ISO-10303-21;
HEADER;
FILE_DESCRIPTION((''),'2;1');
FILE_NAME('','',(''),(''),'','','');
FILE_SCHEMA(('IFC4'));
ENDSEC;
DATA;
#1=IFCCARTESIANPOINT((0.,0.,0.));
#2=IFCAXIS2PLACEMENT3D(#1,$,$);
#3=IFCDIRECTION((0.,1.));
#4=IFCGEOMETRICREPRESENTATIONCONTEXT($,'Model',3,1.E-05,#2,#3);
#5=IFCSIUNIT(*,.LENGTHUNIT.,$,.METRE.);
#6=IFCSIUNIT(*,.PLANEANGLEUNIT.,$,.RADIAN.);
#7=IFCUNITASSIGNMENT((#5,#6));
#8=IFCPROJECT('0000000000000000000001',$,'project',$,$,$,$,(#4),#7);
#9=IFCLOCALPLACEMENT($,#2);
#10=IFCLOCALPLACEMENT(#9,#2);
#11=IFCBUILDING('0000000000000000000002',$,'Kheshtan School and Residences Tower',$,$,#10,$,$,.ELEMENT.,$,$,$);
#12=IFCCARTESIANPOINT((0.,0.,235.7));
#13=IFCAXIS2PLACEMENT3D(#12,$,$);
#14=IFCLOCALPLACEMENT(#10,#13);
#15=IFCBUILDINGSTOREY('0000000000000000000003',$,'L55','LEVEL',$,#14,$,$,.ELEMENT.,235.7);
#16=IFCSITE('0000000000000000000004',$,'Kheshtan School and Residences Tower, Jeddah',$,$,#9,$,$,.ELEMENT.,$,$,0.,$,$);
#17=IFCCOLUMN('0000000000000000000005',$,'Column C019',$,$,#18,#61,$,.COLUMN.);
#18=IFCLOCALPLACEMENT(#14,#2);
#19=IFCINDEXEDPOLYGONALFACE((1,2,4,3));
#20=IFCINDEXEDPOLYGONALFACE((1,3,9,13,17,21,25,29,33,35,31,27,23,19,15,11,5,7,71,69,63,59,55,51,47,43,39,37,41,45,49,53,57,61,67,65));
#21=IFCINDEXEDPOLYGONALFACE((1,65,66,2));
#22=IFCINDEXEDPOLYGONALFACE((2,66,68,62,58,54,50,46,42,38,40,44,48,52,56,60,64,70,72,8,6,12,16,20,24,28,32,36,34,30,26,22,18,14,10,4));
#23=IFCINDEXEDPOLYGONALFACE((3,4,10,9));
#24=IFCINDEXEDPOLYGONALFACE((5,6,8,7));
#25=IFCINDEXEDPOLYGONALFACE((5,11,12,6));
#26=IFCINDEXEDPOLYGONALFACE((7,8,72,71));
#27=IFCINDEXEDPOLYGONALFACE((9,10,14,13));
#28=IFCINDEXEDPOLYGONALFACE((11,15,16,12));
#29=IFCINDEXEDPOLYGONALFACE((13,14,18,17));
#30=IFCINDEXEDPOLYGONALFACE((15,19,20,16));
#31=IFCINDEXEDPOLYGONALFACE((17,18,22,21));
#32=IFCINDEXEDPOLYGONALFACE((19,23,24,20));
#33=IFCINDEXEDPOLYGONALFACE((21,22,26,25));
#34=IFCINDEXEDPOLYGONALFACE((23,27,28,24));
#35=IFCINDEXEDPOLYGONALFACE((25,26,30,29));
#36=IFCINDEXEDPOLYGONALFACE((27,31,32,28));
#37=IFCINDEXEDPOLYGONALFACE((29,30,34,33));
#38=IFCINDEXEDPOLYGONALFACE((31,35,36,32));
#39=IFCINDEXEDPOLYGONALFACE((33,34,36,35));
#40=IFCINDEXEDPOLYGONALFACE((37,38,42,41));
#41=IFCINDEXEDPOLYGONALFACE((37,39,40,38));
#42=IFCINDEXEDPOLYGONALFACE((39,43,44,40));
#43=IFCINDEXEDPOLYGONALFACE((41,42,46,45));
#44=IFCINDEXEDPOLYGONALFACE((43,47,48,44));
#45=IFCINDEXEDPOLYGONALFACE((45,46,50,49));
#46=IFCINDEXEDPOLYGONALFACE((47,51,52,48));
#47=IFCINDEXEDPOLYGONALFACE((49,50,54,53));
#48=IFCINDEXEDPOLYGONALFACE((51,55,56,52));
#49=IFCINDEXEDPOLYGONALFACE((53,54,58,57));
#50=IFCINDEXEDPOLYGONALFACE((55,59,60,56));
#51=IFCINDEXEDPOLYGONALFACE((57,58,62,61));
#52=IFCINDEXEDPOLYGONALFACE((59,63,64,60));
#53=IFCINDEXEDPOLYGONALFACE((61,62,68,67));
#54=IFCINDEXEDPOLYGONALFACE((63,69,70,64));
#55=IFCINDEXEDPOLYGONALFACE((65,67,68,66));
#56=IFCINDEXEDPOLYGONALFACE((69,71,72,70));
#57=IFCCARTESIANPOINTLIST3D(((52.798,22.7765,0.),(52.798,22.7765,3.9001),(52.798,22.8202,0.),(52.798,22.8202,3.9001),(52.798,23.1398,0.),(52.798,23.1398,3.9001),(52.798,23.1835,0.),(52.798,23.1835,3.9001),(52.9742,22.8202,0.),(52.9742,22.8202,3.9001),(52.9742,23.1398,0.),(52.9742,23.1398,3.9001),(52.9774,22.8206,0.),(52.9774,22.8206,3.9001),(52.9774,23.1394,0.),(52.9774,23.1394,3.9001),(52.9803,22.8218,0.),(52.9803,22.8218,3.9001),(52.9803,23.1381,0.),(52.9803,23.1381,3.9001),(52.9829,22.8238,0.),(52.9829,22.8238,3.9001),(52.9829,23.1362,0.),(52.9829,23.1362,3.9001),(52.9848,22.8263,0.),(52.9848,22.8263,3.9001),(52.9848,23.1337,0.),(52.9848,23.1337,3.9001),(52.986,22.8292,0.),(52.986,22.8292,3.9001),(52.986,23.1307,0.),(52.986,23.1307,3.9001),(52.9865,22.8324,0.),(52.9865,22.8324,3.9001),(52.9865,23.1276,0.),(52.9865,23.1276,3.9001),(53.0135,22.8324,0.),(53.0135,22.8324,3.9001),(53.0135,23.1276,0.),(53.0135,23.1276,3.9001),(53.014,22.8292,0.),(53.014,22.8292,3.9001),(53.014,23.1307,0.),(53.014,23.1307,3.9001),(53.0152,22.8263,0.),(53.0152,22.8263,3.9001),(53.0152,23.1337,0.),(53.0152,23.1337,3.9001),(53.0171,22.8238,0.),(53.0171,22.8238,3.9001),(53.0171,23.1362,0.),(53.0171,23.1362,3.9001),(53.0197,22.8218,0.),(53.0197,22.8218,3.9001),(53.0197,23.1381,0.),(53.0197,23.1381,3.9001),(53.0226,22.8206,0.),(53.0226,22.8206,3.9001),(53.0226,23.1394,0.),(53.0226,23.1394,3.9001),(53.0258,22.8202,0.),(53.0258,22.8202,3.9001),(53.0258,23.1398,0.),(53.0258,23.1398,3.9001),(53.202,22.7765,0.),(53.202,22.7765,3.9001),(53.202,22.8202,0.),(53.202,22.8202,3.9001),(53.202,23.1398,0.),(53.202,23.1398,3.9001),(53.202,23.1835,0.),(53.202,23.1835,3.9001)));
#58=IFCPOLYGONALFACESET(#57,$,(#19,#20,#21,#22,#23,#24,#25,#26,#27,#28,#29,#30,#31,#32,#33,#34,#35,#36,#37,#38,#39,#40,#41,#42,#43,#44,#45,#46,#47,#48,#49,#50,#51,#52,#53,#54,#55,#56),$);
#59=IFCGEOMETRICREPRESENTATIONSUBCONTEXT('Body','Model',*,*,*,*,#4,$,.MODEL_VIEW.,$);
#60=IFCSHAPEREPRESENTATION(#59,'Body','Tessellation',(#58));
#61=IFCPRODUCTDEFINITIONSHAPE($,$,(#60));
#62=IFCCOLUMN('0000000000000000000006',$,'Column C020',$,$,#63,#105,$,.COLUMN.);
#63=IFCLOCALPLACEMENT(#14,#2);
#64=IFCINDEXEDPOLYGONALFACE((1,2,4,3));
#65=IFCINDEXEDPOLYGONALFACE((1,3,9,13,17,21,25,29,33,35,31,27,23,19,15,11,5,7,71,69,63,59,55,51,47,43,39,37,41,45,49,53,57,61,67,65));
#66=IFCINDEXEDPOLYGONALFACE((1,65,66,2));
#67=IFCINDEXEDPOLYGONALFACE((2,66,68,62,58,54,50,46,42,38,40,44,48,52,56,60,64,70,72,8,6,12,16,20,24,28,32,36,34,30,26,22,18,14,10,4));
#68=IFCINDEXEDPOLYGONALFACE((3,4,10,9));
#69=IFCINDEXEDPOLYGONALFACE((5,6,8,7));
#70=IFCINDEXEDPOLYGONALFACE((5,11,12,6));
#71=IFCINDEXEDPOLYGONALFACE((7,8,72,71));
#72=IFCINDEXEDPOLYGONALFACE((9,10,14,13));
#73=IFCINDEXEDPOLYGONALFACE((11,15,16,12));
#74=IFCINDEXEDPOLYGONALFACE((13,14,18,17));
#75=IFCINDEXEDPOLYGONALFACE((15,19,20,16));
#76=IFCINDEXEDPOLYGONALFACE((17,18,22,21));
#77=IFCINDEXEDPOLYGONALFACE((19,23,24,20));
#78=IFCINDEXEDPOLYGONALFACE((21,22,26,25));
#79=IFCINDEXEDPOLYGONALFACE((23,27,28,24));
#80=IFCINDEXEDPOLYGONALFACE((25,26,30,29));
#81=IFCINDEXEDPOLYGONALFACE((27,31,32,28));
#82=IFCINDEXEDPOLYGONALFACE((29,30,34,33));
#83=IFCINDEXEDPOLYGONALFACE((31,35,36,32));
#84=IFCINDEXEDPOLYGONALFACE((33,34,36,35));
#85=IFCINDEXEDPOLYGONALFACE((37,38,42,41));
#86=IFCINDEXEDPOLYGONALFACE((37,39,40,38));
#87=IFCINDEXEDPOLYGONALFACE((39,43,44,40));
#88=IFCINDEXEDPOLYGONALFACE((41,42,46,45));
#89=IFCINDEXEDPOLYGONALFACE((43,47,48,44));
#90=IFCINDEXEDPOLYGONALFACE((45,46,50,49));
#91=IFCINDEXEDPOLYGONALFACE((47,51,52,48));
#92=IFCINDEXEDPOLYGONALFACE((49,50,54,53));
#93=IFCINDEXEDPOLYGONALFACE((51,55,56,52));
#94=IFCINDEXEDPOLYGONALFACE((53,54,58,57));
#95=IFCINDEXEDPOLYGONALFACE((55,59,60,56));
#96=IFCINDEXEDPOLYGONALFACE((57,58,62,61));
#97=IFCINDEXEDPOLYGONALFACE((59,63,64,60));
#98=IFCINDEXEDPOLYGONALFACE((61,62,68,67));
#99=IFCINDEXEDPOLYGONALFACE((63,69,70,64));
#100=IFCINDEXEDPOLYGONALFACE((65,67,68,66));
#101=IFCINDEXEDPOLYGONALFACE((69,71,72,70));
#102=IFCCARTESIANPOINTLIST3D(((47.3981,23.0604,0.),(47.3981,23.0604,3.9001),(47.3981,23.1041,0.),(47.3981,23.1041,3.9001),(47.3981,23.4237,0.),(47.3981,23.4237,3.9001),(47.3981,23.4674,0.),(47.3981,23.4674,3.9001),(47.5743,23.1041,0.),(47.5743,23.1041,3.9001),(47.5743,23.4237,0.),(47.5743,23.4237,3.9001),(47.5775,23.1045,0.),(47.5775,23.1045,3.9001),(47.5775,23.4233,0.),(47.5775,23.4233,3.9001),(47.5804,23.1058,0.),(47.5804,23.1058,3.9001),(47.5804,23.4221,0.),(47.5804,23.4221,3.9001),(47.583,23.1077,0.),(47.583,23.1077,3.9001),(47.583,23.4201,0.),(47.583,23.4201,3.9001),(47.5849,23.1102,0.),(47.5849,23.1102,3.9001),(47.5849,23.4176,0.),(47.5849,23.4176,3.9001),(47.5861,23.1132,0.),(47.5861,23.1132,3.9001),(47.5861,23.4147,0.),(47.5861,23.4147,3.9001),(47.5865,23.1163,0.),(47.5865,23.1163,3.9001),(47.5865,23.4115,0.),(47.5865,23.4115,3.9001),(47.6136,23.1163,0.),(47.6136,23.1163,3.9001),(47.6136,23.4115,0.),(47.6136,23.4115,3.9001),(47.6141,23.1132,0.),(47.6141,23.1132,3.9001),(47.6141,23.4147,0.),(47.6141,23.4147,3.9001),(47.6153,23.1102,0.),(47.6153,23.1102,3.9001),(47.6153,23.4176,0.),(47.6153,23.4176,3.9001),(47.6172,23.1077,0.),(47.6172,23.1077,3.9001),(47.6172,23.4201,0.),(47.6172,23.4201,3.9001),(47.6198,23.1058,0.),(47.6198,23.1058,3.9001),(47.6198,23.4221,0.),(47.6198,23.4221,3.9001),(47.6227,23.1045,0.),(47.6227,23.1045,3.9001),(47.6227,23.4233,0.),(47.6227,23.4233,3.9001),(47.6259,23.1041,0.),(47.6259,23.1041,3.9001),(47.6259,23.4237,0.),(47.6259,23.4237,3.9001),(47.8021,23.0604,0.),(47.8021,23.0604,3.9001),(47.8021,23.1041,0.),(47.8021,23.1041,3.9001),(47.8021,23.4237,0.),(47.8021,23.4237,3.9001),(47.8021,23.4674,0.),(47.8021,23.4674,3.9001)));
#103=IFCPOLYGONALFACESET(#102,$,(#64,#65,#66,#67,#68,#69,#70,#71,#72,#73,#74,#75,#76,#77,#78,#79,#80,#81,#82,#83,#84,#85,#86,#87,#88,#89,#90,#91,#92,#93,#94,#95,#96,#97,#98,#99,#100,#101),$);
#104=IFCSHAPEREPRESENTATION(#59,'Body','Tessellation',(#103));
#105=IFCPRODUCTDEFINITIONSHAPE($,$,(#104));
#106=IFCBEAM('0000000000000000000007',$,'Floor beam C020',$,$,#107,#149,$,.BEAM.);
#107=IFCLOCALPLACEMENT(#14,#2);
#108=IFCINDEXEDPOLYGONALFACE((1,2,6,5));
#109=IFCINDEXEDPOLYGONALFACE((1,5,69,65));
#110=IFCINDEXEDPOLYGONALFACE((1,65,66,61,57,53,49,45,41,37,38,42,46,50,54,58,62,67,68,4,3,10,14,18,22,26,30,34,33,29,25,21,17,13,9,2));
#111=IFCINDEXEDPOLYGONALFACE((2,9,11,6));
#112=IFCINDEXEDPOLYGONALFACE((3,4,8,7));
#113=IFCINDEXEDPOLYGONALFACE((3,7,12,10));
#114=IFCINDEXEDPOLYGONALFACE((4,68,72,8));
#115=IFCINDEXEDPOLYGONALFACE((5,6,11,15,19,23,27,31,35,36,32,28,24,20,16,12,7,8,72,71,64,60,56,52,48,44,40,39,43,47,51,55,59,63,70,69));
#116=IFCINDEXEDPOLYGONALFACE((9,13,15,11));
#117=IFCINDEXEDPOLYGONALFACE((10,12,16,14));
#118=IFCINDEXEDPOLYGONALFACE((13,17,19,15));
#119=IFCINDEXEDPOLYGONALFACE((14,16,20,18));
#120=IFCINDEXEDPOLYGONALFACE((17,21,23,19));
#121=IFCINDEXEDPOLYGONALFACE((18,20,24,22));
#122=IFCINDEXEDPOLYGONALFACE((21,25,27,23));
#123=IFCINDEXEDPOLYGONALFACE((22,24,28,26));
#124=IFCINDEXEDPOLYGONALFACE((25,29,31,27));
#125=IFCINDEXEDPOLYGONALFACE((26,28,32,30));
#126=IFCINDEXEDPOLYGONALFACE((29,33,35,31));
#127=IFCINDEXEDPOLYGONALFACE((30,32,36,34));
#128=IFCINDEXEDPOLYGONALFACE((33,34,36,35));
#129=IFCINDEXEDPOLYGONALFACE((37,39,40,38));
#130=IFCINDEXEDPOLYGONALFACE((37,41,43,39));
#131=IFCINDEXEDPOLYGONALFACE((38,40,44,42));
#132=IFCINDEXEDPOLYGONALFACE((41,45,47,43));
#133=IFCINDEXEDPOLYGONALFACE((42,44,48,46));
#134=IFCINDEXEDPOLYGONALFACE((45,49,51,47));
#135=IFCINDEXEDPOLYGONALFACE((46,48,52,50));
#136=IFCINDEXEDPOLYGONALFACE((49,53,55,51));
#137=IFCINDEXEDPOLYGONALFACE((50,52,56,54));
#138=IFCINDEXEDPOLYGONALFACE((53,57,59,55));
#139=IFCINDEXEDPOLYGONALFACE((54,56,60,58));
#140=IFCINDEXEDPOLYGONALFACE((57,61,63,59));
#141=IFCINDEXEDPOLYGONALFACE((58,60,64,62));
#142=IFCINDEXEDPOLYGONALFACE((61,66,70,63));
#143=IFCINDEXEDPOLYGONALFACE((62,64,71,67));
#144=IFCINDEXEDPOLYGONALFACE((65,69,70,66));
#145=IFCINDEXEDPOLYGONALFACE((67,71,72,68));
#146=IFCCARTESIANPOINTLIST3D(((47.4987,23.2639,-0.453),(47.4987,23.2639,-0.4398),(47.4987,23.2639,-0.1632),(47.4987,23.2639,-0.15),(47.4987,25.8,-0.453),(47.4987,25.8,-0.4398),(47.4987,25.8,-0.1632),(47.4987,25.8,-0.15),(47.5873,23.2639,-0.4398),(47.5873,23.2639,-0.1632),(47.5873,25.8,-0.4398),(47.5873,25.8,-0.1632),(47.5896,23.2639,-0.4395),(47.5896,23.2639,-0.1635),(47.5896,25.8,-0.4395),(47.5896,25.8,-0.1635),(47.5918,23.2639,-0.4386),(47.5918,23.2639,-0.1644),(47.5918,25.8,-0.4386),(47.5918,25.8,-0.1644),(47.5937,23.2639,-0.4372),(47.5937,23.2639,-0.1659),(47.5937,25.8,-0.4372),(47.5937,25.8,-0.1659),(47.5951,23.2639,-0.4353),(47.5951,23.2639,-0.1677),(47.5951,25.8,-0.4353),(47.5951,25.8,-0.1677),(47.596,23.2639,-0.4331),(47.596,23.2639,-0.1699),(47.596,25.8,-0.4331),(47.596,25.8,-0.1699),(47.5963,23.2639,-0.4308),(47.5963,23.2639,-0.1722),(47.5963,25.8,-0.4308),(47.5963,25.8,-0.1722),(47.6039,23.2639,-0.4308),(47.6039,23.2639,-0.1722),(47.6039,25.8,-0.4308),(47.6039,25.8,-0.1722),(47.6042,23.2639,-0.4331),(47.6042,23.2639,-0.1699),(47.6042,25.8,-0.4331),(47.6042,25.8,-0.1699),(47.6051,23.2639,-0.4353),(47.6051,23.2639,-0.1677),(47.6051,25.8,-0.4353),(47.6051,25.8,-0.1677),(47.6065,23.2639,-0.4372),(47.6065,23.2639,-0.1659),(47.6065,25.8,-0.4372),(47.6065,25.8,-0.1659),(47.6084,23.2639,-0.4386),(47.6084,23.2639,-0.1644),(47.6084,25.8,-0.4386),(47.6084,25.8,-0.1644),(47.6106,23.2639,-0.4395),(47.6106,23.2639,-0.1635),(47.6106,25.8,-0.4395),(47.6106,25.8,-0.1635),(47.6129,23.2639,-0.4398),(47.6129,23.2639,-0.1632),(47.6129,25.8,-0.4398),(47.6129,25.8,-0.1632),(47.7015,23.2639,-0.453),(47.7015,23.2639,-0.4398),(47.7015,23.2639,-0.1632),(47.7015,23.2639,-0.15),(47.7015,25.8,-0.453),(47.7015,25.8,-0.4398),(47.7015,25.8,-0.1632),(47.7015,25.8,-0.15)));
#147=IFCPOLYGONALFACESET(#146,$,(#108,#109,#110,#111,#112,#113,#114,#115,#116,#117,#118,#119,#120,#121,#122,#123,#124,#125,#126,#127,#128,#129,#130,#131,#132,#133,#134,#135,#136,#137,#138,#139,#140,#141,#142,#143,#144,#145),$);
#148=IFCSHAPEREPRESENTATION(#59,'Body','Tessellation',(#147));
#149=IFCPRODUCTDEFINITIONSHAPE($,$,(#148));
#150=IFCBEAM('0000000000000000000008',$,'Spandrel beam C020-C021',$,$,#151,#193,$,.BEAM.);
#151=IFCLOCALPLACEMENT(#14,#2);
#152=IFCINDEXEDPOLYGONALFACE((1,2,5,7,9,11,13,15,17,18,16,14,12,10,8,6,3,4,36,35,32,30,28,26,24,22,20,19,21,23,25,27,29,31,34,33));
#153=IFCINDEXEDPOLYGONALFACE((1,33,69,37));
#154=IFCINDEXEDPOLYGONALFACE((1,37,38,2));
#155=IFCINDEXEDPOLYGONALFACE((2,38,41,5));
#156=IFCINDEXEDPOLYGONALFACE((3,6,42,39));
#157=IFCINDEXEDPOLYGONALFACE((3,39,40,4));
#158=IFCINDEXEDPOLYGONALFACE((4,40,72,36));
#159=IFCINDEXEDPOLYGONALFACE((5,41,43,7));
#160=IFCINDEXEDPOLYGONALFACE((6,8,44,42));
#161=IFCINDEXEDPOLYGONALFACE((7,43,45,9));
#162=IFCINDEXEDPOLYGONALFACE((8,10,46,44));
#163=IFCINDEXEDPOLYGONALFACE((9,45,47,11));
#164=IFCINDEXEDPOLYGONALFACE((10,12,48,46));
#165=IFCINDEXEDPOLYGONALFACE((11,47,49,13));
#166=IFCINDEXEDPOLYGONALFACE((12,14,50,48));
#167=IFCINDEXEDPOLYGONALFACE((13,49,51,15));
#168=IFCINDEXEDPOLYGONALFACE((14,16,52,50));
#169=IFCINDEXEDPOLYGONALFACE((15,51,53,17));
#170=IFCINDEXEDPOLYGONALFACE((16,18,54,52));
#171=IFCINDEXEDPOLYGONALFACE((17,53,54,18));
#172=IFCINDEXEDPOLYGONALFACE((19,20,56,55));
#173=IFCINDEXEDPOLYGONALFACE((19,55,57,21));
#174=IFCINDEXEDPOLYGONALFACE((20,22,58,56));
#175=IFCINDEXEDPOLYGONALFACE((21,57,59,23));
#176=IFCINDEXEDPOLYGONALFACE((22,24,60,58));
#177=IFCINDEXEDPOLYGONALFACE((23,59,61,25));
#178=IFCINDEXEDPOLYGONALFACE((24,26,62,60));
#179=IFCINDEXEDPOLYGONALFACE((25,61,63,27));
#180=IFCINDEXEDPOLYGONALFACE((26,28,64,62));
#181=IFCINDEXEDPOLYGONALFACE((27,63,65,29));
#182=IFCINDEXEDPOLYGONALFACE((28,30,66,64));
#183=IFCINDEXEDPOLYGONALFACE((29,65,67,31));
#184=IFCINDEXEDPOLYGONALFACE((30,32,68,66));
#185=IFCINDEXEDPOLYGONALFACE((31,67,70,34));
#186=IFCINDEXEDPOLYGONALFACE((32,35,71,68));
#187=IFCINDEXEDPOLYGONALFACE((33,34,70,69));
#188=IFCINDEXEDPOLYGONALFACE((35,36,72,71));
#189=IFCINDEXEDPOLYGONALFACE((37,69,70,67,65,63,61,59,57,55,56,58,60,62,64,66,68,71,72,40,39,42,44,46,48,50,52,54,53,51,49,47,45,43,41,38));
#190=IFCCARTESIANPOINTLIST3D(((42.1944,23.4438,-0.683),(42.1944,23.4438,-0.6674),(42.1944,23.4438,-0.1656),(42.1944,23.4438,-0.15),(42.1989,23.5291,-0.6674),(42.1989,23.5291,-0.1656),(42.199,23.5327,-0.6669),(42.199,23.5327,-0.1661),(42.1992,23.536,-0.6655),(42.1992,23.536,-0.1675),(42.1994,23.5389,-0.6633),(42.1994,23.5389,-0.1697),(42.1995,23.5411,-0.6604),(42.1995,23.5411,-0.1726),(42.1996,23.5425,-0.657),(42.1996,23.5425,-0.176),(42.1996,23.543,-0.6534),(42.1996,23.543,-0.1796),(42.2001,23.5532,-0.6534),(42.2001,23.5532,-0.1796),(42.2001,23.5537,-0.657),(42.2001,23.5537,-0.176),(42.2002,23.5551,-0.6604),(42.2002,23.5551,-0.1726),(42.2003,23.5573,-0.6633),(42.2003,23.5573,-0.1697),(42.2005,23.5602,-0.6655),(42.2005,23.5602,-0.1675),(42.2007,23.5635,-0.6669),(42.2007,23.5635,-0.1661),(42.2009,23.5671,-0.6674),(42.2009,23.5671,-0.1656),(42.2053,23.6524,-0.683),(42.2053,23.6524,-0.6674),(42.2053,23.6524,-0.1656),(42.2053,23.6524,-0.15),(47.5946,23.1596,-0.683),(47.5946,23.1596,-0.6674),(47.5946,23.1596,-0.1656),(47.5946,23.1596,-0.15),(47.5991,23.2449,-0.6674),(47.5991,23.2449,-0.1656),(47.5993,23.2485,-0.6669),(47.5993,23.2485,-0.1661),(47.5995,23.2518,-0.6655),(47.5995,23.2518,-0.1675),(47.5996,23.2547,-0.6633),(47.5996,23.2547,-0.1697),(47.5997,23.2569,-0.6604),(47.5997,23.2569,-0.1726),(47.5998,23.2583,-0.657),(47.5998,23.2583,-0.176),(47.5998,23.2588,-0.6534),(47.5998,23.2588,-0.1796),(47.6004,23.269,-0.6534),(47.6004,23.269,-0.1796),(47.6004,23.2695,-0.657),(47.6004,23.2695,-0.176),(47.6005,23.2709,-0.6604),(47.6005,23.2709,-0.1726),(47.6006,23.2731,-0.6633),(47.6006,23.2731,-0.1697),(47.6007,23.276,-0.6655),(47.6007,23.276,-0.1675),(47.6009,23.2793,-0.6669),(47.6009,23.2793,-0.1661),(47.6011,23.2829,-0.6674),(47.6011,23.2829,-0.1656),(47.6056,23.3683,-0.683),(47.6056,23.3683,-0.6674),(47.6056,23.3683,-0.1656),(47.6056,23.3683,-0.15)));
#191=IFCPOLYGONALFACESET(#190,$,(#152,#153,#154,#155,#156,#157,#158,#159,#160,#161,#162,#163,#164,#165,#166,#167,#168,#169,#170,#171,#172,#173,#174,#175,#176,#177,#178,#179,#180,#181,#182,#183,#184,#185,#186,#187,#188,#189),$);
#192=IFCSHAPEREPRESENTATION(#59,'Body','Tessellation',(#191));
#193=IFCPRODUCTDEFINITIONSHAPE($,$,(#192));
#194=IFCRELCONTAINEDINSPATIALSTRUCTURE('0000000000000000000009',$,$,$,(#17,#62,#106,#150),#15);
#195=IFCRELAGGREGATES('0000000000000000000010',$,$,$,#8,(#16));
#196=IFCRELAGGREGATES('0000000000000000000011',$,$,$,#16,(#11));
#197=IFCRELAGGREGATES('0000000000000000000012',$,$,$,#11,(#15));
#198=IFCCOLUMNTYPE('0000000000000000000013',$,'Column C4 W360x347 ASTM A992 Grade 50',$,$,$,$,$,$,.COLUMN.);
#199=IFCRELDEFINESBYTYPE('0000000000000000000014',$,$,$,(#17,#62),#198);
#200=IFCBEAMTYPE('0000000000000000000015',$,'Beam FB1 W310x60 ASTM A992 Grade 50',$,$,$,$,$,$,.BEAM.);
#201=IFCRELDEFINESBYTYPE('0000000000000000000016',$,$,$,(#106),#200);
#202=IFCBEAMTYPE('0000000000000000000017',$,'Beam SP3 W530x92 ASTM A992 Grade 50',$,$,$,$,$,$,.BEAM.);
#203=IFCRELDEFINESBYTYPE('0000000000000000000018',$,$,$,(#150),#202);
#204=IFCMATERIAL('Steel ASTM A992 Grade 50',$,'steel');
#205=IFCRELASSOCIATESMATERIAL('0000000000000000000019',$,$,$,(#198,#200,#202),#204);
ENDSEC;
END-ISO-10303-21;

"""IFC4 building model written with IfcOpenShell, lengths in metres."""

from ifc_helpers import new_model, si_unit, direction, frame, origin, origin_2d, place, context, subcontext, project, spatial, i_section, extrude, material, material_profile, profile_set, type_object, element, save


model = new_model("IFC4")

# Units and contexts
model_context = context("Model", 3, precision=1e-05, world=origin(), true_north=direction((0.0, 1.0)))
body_context = subcontext(model_context, "Body", "Model", "MODEL_VIEW")
ifc_project = project(units=[si_unit("LENGTHUNIT", "METRE"), si_unit("PLANEANGLEUNIT", "RADIAN")], contexts=[model_context])

# Site, building, storey
site_placement = place(None, origin())
site = spatial("IfcSite", under=ifc_project, at=site_placement, Name="Kheshtan School and Residences Tower, Jeddah", CompositionType="ELEMENT", RefElevation=0.0)
building_placement = place(site_placement, origin())
building = spatial("IfcBuilding", under=site, at=building_placement, Name="Kheshtan School and Residences Tower", CompositionType="ELEMENT")
storey_placement = place(building_placement, frame((0.0, 0.0, 235.7)))
storey = spatial("IfcBuildingStorey", under=building, at=storey_placement, Name="L55", Description="LEVEL", CompositionType="ELEMENT", Elevation=235.7)

# Columns
ifc_material_1 = material(Name="Steel ASTM A992 Grade 50", Category="steel")
ifc_material_profile_1 = material_profile(ifc_material_1, i_section(OverallWidth=0.4041, OverallDepth=0.407, WebThickness=0.0271, FlangeThickness=0.0437, FilletRadius=0.0122, at=origin_2d()), Name="W360x347")
ifc_profile_set_1 = profile_set([ifc_material_profile_1], Name="Steel ASTM A992 Grade 50")
column_type = type_object("IfcColumnType", Name="Column C4 W360x347 ASTM A992 Grade 50", PredefinedType="COLUMN", material=ifc_profile_set_1)
for number, where, z_axis, x_axis, name in (
    (1, (53.0, 22.98, 0.0), (0.0, 0.0, 1.0), (1.0, 0.0, 0.0), "Column C019"),
    (2, (47.6001, 23.2639, 0.0), (0.0, 0.0, 1.0), (1.0, 0.0, 0.0), "Column C020"),
):
    element("IfcColumn", number, at=place(storey_placement, frame(where, z_axis=z_axis, x_axis=x_axis)), inside=storey, type_object=column_type, Name=name, PredefinedType="COLUMN", context=body_context, shape_type="SweptSolid", body=[
        extrude(i_section(OverallWidth=0.4041, OverallDepth=0.407, WebThickness=0.0271, FlangeThickness=0.0437, FilletRadius=0.0122, at=origin_2d()), origin(), (0.0, 0.0, 1.0), 3.9001),
    ])

# Beams
ifc_material_profile_2 = material_profile(ifc_material_1, i_section(OverallWidth=0.2029, OverallDepth=0.303, WebThickness=0.0076, FlangeThickness=0.0132, FilletRadius=0.009, at=origin_2d()), Name="W310x60")
ifc_profile_set_2 = profile_set([ifc_material_profile_2], Name="Steel ASTM A992 Grade 50")
beam_type_1 = type_object("IfcBeamType", Name="Beam FB1 W310x60 ASTM A992 Grade 50", PredefinedType="BEAM", material=ifc_profile_set_2)
beam_1_placement = place(storey_placement, frame((47.6001, 23.2639, -0.3015), z_axis=(0.0, 1.0, 0.0), x_axis=(-1.0, 0.0, 0.0)))
element("IfcBeam", 3, at=beam_1_placement, inside=storey, type_object=beam_type_1, Name="Floor beam C020", PredefinedType="BEAM", context=body_context, shape_type="SweptSolid", body=[
    extrude(i_section(OverallWidth=0.2029, OverallDepth=0.303, WebThickness=0.0076, FlangeThickness=0.0132, FilletRadius=0.009, at=origin_2d()), origin(), (0.0, 0.0, 1.0), 2.5361),
])
ifc_material_profile_3 = material_profile(ifc_material_1, i_section(OverallWidth=0.209, OverallDepth=0.533, WebThickness=0.0103, FlangeThickness=0.0156, FilletRadius=0.0139, at=origin_2d()), Name="W530x92")
ifc_profile_set_3 = profile_set([ifc_material_profile_3], Name="Steel ASTM A992 Grade 50")
beam_type_2 = type_object("IfcBeamType", Name="Beam SP3 W530x92 ASTM A992 Grade 50", PredefinedType="BEAM", material=ifc_profile_set_3)
beam_2_placement = place(storey_placement, frame((47.6001, 23.2639, -0.4165), z_axis=(-0.998618, 0.052552, 0.0), x_axis=(-0.052552, -0.998618, 0.0)))
element("IfcBeam", 4, at=beam_2_placement, inside=storey, type_object=beam_type_2, Name="Spandrel beam C020-C021", PredefinedType="BEAM", context=body_context, shape_type="SweptSolid", body=[
    extrude(i_section(OverallWidth=0.209, OverallDepth=0.533, WebThickness=0.0103, FlangeThickness=0.0156, FilletRadius=0.0139, at=origin_2d()), origin(), (0.0, 0.0, 1.0), 5.4077),
])

save(model, "model.ifc")
